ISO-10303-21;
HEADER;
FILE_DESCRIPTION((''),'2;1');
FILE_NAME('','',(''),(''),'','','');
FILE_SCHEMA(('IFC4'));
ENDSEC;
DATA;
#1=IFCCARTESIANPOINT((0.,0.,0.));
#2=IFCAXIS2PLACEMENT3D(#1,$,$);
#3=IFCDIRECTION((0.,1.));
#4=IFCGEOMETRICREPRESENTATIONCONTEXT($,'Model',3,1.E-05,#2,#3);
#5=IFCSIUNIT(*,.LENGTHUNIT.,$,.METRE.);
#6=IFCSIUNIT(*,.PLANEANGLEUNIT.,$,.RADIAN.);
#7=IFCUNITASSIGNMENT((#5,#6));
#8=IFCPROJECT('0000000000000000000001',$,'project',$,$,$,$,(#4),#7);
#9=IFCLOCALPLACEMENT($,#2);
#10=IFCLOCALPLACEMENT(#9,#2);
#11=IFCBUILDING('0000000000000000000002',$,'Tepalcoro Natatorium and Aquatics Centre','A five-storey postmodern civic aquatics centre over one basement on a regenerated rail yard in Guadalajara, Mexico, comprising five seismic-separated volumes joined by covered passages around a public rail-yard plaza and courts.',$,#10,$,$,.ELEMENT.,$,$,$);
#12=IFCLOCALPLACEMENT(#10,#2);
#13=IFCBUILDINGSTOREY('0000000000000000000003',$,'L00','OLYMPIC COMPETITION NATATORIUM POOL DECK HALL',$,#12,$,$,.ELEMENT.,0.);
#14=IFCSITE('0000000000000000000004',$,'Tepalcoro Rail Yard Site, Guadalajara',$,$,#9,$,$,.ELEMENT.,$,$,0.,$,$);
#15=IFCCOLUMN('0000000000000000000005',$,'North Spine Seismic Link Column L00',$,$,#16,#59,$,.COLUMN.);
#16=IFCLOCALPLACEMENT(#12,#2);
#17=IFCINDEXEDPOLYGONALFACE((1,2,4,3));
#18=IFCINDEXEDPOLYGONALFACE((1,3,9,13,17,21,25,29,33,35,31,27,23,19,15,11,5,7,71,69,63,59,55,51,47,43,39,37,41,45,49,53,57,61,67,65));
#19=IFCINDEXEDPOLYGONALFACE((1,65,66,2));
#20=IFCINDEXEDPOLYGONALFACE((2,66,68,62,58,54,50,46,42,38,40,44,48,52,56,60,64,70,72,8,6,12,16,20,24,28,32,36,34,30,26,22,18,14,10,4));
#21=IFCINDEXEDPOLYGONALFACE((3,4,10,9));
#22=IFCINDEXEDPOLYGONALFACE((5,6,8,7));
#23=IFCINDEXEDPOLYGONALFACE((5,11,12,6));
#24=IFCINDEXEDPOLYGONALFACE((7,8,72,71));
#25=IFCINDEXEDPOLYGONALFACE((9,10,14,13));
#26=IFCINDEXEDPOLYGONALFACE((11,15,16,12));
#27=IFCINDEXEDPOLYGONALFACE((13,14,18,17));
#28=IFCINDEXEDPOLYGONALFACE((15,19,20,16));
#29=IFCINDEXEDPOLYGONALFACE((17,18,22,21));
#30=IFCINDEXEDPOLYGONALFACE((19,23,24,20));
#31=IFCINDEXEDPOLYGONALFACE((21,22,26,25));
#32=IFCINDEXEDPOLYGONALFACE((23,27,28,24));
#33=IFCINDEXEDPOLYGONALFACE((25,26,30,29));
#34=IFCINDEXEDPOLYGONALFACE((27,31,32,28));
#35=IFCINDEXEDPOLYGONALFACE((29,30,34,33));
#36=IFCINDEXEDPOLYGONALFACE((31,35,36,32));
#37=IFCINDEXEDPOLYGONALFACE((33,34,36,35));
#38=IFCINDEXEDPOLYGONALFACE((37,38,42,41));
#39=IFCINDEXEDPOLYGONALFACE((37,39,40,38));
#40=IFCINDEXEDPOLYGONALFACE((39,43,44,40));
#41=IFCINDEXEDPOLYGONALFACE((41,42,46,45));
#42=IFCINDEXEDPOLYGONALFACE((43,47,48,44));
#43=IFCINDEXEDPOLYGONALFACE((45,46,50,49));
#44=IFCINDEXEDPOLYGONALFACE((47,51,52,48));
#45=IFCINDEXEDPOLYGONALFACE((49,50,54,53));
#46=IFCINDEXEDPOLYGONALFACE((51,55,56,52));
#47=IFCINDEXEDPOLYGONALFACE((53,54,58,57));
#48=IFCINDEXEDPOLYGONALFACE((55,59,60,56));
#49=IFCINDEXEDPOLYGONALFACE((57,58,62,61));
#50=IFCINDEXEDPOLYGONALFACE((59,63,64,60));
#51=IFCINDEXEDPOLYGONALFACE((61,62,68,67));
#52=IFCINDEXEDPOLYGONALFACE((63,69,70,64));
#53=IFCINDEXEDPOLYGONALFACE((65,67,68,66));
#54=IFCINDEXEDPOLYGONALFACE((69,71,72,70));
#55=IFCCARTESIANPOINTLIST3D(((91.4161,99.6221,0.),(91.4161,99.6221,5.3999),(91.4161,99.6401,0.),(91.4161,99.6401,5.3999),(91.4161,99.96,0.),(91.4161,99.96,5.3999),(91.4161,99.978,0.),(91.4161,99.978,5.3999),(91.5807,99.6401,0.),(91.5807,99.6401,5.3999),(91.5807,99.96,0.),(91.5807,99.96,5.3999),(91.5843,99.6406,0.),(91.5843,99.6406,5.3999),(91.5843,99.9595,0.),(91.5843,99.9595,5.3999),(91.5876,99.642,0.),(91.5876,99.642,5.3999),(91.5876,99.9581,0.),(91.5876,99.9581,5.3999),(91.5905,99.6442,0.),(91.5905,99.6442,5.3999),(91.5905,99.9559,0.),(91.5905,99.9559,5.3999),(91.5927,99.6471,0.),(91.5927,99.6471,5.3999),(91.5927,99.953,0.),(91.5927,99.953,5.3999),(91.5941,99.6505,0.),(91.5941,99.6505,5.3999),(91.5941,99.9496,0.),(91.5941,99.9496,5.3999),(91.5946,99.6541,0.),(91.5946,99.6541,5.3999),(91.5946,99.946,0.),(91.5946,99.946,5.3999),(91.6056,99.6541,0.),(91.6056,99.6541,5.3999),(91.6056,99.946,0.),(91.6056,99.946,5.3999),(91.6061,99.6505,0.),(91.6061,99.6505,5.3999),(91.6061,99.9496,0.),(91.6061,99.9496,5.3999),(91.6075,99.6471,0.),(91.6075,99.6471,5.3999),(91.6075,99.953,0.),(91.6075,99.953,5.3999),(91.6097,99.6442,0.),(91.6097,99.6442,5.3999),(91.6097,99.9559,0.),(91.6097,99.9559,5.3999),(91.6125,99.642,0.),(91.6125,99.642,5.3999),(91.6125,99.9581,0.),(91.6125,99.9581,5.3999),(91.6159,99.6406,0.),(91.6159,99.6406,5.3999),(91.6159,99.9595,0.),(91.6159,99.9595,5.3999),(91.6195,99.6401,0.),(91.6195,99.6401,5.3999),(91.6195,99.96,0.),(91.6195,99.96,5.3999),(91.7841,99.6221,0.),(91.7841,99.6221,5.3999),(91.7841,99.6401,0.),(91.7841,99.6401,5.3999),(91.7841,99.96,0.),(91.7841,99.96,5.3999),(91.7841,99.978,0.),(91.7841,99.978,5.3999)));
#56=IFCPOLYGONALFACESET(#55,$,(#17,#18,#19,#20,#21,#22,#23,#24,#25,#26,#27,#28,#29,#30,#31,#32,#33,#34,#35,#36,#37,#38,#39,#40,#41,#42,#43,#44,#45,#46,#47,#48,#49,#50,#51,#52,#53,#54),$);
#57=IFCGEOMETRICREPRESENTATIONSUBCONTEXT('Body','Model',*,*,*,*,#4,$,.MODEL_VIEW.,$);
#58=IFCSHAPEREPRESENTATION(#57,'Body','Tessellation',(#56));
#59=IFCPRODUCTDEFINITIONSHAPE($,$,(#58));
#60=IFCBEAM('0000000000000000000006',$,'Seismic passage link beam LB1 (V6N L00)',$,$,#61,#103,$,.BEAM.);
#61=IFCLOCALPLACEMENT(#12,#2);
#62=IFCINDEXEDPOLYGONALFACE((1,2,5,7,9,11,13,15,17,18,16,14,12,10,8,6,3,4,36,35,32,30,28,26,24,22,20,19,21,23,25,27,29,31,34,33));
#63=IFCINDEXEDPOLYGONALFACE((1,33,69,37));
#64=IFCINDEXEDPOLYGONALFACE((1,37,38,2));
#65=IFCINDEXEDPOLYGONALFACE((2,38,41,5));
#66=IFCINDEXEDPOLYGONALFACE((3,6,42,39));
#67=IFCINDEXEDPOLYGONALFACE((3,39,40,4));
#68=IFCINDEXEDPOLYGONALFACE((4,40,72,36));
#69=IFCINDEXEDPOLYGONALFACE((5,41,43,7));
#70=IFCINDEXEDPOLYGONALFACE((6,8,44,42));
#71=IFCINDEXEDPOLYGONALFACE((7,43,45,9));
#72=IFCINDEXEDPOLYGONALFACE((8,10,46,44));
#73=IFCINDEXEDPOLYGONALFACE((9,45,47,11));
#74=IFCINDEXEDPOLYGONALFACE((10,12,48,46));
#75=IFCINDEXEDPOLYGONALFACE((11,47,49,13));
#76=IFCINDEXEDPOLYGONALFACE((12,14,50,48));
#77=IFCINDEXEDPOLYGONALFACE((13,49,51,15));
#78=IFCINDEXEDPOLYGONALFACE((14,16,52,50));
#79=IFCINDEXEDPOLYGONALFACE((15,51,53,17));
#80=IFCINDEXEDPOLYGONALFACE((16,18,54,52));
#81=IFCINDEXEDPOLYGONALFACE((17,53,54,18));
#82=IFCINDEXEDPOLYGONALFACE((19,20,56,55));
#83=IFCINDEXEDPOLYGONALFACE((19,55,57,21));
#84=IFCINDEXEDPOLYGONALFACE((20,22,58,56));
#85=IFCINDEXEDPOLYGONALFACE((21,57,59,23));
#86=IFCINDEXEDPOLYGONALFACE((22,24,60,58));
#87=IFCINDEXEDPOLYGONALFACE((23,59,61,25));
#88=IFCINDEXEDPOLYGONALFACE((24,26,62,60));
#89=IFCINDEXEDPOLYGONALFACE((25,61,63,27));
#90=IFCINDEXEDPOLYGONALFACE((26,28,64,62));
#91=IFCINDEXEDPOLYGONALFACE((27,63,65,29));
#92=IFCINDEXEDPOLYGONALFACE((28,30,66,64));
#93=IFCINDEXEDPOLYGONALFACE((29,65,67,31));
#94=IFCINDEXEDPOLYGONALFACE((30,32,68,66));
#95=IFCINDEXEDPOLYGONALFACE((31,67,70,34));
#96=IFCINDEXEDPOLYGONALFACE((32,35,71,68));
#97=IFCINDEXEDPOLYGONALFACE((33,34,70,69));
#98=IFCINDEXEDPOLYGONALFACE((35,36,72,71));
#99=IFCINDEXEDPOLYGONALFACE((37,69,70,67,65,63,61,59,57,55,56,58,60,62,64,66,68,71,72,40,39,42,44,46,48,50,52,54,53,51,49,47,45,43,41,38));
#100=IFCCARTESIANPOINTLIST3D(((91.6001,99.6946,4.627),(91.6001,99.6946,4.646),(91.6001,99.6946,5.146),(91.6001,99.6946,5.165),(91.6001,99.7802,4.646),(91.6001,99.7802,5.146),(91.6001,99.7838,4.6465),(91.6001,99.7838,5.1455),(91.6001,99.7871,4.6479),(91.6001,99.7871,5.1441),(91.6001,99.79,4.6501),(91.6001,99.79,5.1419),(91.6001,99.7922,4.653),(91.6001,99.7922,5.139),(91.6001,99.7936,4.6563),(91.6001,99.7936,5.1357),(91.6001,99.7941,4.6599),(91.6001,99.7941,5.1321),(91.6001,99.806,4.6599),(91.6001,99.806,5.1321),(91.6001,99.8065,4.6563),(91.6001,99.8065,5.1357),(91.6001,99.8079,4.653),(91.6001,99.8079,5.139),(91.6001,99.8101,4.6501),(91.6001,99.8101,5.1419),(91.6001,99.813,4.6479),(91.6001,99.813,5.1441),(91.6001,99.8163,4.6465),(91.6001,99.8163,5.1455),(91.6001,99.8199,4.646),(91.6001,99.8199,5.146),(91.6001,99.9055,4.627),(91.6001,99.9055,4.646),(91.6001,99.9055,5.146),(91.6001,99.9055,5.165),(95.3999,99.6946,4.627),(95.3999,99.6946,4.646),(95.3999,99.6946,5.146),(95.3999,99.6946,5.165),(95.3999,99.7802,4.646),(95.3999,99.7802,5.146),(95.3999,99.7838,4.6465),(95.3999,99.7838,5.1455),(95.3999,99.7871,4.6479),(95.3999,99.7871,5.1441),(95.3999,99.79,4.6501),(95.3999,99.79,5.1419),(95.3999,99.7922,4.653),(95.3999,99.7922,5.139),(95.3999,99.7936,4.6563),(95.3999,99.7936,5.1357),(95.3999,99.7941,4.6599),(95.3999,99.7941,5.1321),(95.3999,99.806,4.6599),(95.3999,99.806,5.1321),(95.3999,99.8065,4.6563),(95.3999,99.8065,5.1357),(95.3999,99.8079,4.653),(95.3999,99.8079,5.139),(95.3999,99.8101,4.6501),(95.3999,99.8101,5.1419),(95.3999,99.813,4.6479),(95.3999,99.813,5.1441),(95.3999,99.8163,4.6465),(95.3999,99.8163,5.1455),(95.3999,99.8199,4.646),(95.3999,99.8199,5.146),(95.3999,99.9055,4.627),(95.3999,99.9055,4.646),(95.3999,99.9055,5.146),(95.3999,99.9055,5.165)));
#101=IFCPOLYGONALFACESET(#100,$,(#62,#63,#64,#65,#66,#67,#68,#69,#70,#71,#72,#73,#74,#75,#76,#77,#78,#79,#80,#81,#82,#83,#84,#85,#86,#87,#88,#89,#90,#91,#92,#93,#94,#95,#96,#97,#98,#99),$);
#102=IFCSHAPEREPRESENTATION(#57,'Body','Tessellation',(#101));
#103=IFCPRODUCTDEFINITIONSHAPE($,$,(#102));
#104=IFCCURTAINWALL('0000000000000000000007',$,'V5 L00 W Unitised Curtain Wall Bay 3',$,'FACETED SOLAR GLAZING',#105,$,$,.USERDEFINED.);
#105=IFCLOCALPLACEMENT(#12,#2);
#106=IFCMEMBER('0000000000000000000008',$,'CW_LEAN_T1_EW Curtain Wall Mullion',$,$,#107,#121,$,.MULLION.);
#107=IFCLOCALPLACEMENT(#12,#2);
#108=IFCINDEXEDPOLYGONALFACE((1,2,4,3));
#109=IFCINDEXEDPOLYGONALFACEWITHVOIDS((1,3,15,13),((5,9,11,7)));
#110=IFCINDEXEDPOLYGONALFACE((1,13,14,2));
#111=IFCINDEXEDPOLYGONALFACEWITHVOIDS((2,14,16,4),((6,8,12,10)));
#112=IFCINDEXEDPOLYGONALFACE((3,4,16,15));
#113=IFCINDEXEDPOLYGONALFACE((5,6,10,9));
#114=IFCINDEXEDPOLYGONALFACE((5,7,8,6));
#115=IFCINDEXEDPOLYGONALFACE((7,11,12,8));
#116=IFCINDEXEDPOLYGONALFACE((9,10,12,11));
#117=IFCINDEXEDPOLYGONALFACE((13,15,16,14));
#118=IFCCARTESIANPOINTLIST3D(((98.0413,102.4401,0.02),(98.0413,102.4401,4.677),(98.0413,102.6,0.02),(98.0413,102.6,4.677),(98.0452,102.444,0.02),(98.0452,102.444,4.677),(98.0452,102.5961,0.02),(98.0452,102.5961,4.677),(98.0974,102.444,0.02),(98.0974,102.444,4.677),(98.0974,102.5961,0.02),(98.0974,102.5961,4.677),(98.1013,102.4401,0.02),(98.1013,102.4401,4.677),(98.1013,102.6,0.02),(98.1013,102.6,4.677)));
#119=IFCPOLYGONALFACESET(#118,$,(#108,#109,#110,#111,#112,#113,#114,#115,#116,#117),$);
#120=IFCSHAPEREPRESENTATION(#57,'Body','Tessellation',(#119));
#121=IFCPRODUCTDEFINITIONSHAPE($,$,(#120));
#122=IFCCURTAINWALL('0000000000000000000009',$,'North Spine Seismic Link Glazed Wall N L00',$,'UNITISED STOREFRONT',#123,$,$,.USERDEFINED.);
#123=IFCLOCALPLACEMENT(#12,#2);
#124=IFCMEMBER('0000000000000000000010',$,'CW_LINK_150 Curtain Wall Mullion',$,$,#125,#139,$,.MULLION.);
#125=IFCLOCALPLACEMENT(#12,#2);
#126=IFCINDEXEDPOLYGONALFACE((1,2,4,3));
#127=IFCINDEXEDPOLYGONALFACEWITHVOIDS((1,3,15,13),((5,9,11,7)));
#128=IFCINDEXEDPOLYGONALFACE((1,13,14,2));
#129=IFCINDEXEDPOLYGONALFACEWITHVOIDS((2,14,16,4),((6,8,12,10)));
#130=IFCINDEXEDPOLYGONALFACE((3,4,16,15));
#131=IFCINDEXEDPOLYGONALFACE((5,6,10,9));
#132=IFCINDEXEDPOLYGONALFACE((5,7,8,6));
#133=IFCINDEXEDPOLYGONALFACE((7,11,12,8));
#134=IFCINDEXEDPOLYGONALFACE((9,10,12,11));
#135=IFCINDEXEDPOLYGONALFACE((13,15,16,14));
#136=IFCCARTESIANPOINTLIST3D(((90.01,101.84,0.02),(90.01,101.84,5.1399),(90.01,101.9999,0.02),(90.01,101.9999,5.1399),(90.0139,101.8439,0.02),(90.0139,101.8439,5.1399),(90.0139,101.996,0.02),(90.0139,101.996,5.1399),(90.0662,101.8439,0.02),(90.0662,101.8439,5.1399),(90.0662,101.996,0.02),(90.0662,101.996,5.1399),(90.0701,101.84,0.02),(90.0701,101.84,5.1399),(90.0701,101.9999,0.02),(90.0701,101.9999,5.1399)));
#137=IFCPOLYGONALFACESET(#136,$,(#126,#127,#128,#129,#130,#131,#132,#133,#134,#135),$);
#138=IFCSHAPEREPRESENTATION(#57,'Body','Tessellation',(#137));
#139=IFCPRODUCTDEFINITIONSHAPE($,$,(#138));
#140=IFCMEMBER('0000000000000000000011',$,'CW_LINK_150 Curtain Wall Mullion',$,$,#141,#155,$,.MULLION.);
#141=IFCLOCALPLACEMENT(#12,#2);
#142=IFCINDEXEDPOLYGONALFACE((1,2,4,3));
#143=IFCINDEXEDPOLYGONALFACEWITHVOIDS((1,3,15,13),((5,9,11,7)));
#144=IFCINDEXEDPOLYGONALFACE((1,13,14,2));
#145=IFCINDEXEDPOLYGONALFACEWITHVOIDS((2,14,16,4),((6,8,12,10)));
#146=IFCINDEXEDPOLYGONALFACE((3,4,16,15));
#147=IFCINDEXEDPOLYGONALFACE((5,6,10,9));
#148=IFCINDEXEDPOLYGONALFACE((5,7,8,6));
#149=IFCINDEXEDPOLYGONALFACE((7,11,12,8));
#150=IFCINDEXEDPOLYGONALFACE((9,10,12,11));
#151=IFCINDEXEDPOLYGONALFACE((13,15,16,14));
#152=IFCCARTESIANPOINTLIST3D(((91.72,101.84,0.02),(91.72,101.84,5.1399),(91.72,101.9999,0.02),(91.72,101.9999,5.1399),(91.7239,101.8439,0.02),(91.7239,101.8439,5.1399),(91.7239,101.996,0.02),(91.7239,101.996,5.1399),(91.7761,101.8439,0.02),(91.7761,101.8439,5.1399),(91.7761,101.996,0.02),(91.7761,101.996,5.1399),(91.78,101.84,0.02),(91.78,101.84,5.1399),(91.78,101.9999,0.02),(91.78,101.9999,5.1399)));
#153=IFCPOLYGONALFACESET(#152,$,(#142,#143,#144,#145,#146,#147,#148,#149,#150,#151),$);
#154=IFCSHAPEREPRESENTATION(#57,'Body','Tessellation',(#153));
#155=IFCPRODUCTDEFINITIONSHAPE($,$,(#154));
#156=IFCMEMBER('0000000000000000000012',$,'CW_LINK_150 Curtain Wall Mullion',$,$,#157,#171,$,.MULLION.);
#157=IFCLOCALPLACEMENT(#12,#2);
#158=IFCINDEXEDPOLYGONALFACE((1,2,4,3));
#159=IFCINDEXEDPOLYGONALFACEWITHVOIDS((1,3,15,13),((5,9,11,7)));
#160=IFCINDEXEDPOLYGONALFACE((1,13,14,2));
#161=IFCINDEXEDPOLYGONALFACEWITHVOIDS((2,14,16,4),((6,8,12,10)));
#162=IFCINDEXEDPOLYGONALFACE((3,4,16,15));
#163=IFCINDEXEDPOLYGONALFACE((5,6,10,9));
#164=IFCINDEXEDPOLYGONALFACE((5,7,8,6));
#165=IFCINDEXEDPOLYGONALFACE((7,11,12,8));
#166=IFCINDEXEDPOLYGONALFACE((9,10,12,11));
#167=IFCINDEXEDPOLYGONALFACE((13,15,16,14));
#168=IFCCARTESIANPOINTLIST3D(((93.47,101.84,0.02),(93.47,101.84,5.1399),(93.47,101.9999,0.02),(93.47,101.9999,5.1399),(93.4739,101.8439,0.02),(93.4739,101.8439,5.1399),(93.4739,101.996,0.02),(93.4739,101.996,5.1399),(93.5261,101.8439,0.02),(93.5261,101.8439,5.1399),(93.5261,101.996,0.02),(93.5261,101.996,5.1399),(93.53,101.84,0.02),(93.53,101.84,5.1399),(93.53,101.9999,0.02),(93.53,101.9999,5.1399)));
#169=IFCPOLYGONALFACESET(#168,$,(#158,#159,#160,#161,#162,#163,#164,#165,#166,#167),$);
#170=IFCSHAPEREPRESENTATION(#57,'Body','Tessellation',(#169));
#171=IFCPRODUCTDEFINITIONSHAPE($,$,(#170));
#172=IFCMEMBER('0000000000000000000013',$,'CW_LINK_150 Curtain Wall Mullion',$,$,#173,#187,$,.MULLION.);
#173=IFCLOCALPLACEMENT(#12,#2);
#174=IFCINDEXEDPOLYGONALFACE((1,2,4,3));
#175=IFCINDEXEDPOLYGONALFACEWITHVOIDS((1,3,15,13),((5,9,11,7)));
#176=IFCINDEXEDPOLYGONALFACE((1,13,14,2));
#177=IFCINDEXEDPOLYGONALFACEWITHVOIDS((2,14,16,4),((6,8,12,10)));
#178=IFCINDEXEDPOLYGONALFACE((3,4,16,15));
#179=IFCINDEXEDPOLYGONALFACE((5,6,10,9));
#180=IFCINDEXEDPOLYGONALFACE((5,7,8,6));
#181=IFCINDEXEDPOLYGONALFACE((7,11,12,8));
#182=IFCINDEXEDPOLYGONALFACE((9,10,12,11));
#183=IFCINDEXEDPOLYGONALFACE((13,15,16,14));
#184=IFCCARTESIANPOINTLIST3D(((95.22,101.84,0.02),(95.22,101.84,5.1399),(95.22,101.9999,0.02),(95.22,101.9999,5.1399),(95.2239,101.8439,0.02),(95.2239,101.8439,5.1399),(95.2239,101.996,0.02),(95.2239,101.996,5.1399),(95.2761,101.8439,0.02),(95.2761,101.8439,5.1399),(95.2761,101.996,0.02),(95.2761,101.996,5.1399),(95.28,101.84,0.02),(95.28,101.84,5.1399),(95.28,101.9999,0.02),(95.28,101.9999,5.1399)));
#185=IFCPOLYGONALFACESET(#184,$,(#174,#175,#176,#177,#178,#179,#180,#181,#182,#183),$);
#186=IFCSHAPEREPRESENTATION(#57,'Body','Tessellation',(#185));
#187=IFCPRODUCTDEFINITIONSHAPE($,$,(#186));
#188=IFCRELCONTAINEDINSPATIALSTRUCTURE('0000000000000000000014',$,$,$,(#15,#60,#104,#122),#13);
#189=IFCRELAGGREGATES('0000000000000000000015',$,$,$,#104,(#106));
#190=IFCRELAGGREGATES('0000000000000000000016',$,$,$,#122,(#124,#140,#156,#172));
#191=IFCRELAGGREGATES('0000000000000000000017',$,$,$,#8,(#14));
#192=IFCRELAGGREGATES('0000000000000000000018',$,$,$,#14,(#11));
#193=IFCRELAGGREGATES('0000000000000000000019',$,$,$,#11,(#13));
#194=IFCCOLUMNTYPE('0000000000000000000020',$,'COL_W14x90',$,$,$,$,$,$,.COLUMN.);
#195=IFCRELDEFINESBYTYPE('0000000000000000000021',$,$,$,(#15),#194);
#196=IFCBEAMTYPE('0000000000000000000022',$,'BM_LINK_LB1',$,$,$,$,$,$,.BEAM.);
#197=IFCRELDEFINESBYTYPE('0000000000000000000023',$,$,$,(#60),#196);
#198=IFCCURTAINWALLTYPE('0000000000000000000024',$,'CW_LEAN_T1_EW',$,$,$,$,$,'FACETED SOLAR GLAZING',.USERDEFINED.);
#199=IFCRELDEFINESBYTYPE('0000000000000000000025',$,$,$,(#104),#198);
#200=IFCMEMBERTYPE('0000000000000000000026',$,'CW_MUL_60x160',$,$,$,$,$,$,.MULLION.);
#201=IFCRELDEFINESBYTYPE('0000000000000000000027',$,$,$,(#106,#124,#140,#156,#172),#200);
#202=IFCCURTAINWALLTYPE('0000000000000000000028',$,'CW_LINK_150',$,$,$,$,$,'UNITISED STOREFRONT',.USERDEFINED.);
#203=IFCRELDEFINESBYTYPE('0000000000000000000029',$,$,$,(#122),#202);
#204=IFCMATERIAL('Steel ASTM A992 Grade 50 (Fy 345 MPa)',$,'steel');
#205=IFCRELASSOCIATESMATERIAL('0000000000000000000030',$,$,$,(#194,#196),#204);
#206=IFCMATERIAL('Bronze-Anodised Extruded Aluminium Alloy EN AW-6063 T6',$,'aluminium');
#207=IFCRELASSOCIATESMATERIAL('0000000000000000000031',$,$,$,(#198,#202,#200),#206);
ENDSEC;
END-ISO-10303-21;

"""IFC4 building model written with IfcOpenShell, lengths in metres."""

from ifc_helpers import new_model, si_unit, direction, frame, origin, origin_2d, place, context, subcontext, project, spatial, hollow_rectangle, i_section, extrude, material, material_profile, profile_set, type_object, element, aggregate, save


model = new_model("IFC4")

# Units and contexts
model_context = context("Model", 3, precision=1e-05, world=origin(), true_north=direction((0.0, 1.0)))
body_context = subcontext(model_context, "Body", "Model", "MODEL_VIEW")
ifc_project = project(units=[si_unit("LENGTHUNIT", "METRE"), si_unit("PLANEANGLEUNIT", "RADIAN")], contexts=[model_context])

# Site, building, storey
site_placement = place(None, origin())
site = spatial("IfcSite", under=ifc_project, at=site_placement, Name="Tepalcoro Rail Yard Site, Guadalajara", CompositionType="ELEMENT", RefElevation=0.0)
building_placement = place(site_placement, origin())
building = spatial("IfcBuilding", under=site, at=building_placement, Name="Tepalcoro Natatorium and Aquatics Centre", Description="A five-storey postmodern civic aquatics centre over one basement on a regenerated rail yard in Guadalajara, Mexico, comprising five seismic-separated volumes joined by covered passages around a public rail-yard plaza and courts.", CompositionType="ELEMENT")
storey_placement = place(building_placement, origin())
storey = spatial("IfcBuildingStorey", under=building, at=storey_placement, Name="L00", Description="OLYMPIC COMPETITION NATATORIUM POOL DECK HALL", CompositionType="ELEMENT", Elevation=0.0)

# Column
ifc_material_1 = material(Name="Steel ASTM A992 Grade 50 (Fy 345 MPa)", Category="steel")
ifc_material_profile_1 = material_profile(ifc_material_1, i_section(OverallWidth=0.3679, OverallDepth=0.356, WebThickness=0.011, FlangeThickness=0.0181, FilletRadius=0.0139, at=origin_2d()), Name="W14X90")
ifc_profile_set_1 = profile_set([ifc_material_profile_1], Name="Steel ASTM A992 Grade 50 (Fy 345 MPa)")
column_type_1 = type_object("IfcColumnType", Name="COL_W14x90", PredefinedType="COLUMN", material=ifc_profile_set_1)
column_1_placement = place(storey_placement, frame((91.6001, 99.8, 0.0), z_axis=(0.0, 0.0, 1.0), x_axis=(1.0, 0.0, 0.0)))
element("IfcColumn", 1, at=column_1_placement, inside=storey, type_object=column_type_1, Name="North Spine Seismic Link Column L00", PredefinedType="COLUMN", context=body_context, shape_type="SweptSolid", body=[
    extrude(i_section(OverallWidth=0.3679, OverallDepth=0.356, WebThickness=0.011, FlangeThickness=0.0181, FilletRadius=0.0139, at=origin_2d()), origin(), (0.0, 0.0, 1.0), 5.3999),
])

# Beam
ifc_material_profile_2 = material_profile(ifc_material_1, i_section(OverallWidth=0.2109, OverallDepth=0.5381, WebThickness=0.012, FlangeThickness=0.019, FilletRadius=0.0139, at=origin_2d()), Name="W21X73")
ifc_profile_set_2 = profile_set([ifc_material_profile_2], Name="Steel ASTM A992 Grade 50 (Fy 345 MPa)")
beam_type_1 = type_object("IfcBeamType", Name="BM_LINK_LB1", PredefinedType="BEAM", material=ifc_profile_set_2)
beam_1_placement = place(storey_placement, frame((91.6001, 99.8, 4.896), z_axis=(1.0, 0.0, 0.0), x_axis=(0.0, 1.0, 0.0)))
element("IfcBeam", 2, at=beam_1_placement, inside=storey, type_object=beam_type_1, Name="Seismic passage link beam LB1 (V6N L00)", PredefinedType="BEAM", context=body_context, shape_type="SweptSolid", body=[
    extrude(i_section(OverallWidth=0.2109, OverallDepth=0.5381, WebThickness=0.012, FlangeThickness=0.019, FilletRadius=0.0139, at=origin_2d()), origin(), (0.0, 0.0, 1.0), 3.7998),
])

# Curtain wall, member
ifc_material_2 = material(Name="Bronze-Anodised Extruded Aluminium Alloy EN AW-6063 T6", Category="aluminium")
curtain_wall_type_1 = type_object("IfcCurtainWallType", Name="CW_LEAN_T1_EW", ElementType="FACETED SOLAR GLAZING", PredefinedType="USERDEFINED", material=ifc_material_2)
curtain_wall_1_placement = place(storey_placement, origin())
curtain_wall_1 = element("IfcCurtainWall", 3, at=curtain_wall_1_placement, inside=storey, type_object=curtain_wall_type_1, Name="V5 L00 W Unitised Curtain Wall Bay 3", ObjectType="FACETED SOLAR GLAZING", PredefinedType="USERDEFINED")
ifc_material_profile_3 = material_profile(ifc_material_2, hollow_rectangle(XDim=0.0601, YDim=0.1599, WallThickness=0.0039, at=origin_2d()), Name="AL60X160X4")
ifc_profile_set_3 = profile_set([ifc_material_profile_3], Name="Bronze-Anodised Extruded Aluminium Alloy EN AW-6063 T6")
member_type_1 = type_object("IfcMemberType", Name="CW_MUL_60x160", PredefinedType="MULLION", material=ifc_profile_set_3)
member_1_placement = place(storey_placement, frame((98.0713, 102.52, 0.02), z_axis=(0.0, 0.0, 1.0), x_axis=(1.0, 0.0, 0.0)))
member_1 = element("IfcMember", 4, at=member_1_placement, type_object=member_type_1, Name="CW_LEAN_T1_EW Curtain Wall Mullion", PredefinedType="MULLION", context=body_context, shape_type="SweptSolid", body=[
    extrude(hollow_rectangle(XDim=0.0601, YDim=0.1599, WallThickness=0.0039, at=origin_2d()), origin(), (0.0, 0.0, 1.0), 4.657),
])

# Curtain wall, members
curtain_wall_type_2 = type_object("IfcCurtainWallType", Name="CW_LINK_150", ElementType="UNITISED STOREFRONT", PredefinedType="USERDEFINED", material=ifc_material_2)
curtain_wall_2_placement = place(storey_placement, origin())
curtain_wall_2 = element("IfcCurtainWall", 5, at=curtain_wall_2_placement, inside=storey, type_object=curtain_wall_type_2, Name="North Spine Seismic Link Glazed Wall N L00", ObjectType="UNITISED STOREFRONT", PredefinedType="USERDEFINED")
member_2_placement = place(storey_placement, frame((90.04, 101.9199, 0.02), z_axis=(0.0, 0.0, 1.0), x_axis=(1.0, 0.0, 0.0)))
member_2 = element("IfcMember", 6, at=member_2_placement, type_object=member_type_1, Name="CW_LINK_150 Curtain Wall Mullion", PredefinedType="MULLION", context=body_context, shape_type="SweptSolid", body=[
    extrude(hollow_rectangle(XDim=0.0601, YDim=0.1599, WallThickness=0.0039, at=origin_2d()), origin(), (0.0, 0.0, 1.0), 5.1199),
])
member_3_placement = place(storey_placement, frame((91.75, 101.9199, 0.02), z_axis=(0.0, 0.0, 1.0), x_axis=(1.0, 0.0, 0.0)))
member_3 = element("IfcMember", 7, at=member_3_placement, type_object=member_type_1, Name="CW_LINK_150 Curtain Wall Mullion", PredefinedType="MULLION", context=body_context, shape_type="SweptSolid", body=[
    extrude(hollow_rectangle(XDim=0.0601, YDim=0.1599, WallThickness=0.0039, at=origin_2d()), origin(), (0.0, 0.0, 1.0), 5.1199),
])
member_4_placement = place(storey_placement, frame((93.5, 101.9199, 0.02), z_axis=(0.0, 0.0, 1.0), x_axis=(1.0, 0.0, 0.0)))
member_4 = element("IfcMember", 8, at=member_4_placement, type_object=member_type_1, Name="CW_LINK_150 Curtain Wall Mullion", PredefinedType="MULLION", context=body_context, shape_type="SweptSolid", body=[
    extrude(hollow_rectangle(XDim=0.0601, YDim=0.1599, WallThickness=0.0039, at=origin_2d()), origin(), (0.0, 0.0, 1.0), 5.1199),
])
member_5_placement = place(storey_placement, frame((95.25, 101.9199, 0.02), z_axis=(0.0, 0.0, 1.0), x_axis=(1.0, 0.0, 0.0)))
member_5 = element("IfcMember", 9, at=member_5_placement, type_object=member_type_1, Name="CW_LINK_150 Curtain Wall Mullion", PredefinedType="MULLION", context=body_context, shape_type="SweptSolid", body=[
    extrude(hollow_rectangle(XDim=0.0601, YDim=0.1599, WallThickness=0.0039, at=origin_2d()), origin(), (0.0, 0.0, 1.0), 5.1199),
])

aggregate(curtain_wall_1, [member_1])

aggregate(curtain_wall_2, [member_2, member_3, member_4, member_5])

save(model, "model.ifc")
